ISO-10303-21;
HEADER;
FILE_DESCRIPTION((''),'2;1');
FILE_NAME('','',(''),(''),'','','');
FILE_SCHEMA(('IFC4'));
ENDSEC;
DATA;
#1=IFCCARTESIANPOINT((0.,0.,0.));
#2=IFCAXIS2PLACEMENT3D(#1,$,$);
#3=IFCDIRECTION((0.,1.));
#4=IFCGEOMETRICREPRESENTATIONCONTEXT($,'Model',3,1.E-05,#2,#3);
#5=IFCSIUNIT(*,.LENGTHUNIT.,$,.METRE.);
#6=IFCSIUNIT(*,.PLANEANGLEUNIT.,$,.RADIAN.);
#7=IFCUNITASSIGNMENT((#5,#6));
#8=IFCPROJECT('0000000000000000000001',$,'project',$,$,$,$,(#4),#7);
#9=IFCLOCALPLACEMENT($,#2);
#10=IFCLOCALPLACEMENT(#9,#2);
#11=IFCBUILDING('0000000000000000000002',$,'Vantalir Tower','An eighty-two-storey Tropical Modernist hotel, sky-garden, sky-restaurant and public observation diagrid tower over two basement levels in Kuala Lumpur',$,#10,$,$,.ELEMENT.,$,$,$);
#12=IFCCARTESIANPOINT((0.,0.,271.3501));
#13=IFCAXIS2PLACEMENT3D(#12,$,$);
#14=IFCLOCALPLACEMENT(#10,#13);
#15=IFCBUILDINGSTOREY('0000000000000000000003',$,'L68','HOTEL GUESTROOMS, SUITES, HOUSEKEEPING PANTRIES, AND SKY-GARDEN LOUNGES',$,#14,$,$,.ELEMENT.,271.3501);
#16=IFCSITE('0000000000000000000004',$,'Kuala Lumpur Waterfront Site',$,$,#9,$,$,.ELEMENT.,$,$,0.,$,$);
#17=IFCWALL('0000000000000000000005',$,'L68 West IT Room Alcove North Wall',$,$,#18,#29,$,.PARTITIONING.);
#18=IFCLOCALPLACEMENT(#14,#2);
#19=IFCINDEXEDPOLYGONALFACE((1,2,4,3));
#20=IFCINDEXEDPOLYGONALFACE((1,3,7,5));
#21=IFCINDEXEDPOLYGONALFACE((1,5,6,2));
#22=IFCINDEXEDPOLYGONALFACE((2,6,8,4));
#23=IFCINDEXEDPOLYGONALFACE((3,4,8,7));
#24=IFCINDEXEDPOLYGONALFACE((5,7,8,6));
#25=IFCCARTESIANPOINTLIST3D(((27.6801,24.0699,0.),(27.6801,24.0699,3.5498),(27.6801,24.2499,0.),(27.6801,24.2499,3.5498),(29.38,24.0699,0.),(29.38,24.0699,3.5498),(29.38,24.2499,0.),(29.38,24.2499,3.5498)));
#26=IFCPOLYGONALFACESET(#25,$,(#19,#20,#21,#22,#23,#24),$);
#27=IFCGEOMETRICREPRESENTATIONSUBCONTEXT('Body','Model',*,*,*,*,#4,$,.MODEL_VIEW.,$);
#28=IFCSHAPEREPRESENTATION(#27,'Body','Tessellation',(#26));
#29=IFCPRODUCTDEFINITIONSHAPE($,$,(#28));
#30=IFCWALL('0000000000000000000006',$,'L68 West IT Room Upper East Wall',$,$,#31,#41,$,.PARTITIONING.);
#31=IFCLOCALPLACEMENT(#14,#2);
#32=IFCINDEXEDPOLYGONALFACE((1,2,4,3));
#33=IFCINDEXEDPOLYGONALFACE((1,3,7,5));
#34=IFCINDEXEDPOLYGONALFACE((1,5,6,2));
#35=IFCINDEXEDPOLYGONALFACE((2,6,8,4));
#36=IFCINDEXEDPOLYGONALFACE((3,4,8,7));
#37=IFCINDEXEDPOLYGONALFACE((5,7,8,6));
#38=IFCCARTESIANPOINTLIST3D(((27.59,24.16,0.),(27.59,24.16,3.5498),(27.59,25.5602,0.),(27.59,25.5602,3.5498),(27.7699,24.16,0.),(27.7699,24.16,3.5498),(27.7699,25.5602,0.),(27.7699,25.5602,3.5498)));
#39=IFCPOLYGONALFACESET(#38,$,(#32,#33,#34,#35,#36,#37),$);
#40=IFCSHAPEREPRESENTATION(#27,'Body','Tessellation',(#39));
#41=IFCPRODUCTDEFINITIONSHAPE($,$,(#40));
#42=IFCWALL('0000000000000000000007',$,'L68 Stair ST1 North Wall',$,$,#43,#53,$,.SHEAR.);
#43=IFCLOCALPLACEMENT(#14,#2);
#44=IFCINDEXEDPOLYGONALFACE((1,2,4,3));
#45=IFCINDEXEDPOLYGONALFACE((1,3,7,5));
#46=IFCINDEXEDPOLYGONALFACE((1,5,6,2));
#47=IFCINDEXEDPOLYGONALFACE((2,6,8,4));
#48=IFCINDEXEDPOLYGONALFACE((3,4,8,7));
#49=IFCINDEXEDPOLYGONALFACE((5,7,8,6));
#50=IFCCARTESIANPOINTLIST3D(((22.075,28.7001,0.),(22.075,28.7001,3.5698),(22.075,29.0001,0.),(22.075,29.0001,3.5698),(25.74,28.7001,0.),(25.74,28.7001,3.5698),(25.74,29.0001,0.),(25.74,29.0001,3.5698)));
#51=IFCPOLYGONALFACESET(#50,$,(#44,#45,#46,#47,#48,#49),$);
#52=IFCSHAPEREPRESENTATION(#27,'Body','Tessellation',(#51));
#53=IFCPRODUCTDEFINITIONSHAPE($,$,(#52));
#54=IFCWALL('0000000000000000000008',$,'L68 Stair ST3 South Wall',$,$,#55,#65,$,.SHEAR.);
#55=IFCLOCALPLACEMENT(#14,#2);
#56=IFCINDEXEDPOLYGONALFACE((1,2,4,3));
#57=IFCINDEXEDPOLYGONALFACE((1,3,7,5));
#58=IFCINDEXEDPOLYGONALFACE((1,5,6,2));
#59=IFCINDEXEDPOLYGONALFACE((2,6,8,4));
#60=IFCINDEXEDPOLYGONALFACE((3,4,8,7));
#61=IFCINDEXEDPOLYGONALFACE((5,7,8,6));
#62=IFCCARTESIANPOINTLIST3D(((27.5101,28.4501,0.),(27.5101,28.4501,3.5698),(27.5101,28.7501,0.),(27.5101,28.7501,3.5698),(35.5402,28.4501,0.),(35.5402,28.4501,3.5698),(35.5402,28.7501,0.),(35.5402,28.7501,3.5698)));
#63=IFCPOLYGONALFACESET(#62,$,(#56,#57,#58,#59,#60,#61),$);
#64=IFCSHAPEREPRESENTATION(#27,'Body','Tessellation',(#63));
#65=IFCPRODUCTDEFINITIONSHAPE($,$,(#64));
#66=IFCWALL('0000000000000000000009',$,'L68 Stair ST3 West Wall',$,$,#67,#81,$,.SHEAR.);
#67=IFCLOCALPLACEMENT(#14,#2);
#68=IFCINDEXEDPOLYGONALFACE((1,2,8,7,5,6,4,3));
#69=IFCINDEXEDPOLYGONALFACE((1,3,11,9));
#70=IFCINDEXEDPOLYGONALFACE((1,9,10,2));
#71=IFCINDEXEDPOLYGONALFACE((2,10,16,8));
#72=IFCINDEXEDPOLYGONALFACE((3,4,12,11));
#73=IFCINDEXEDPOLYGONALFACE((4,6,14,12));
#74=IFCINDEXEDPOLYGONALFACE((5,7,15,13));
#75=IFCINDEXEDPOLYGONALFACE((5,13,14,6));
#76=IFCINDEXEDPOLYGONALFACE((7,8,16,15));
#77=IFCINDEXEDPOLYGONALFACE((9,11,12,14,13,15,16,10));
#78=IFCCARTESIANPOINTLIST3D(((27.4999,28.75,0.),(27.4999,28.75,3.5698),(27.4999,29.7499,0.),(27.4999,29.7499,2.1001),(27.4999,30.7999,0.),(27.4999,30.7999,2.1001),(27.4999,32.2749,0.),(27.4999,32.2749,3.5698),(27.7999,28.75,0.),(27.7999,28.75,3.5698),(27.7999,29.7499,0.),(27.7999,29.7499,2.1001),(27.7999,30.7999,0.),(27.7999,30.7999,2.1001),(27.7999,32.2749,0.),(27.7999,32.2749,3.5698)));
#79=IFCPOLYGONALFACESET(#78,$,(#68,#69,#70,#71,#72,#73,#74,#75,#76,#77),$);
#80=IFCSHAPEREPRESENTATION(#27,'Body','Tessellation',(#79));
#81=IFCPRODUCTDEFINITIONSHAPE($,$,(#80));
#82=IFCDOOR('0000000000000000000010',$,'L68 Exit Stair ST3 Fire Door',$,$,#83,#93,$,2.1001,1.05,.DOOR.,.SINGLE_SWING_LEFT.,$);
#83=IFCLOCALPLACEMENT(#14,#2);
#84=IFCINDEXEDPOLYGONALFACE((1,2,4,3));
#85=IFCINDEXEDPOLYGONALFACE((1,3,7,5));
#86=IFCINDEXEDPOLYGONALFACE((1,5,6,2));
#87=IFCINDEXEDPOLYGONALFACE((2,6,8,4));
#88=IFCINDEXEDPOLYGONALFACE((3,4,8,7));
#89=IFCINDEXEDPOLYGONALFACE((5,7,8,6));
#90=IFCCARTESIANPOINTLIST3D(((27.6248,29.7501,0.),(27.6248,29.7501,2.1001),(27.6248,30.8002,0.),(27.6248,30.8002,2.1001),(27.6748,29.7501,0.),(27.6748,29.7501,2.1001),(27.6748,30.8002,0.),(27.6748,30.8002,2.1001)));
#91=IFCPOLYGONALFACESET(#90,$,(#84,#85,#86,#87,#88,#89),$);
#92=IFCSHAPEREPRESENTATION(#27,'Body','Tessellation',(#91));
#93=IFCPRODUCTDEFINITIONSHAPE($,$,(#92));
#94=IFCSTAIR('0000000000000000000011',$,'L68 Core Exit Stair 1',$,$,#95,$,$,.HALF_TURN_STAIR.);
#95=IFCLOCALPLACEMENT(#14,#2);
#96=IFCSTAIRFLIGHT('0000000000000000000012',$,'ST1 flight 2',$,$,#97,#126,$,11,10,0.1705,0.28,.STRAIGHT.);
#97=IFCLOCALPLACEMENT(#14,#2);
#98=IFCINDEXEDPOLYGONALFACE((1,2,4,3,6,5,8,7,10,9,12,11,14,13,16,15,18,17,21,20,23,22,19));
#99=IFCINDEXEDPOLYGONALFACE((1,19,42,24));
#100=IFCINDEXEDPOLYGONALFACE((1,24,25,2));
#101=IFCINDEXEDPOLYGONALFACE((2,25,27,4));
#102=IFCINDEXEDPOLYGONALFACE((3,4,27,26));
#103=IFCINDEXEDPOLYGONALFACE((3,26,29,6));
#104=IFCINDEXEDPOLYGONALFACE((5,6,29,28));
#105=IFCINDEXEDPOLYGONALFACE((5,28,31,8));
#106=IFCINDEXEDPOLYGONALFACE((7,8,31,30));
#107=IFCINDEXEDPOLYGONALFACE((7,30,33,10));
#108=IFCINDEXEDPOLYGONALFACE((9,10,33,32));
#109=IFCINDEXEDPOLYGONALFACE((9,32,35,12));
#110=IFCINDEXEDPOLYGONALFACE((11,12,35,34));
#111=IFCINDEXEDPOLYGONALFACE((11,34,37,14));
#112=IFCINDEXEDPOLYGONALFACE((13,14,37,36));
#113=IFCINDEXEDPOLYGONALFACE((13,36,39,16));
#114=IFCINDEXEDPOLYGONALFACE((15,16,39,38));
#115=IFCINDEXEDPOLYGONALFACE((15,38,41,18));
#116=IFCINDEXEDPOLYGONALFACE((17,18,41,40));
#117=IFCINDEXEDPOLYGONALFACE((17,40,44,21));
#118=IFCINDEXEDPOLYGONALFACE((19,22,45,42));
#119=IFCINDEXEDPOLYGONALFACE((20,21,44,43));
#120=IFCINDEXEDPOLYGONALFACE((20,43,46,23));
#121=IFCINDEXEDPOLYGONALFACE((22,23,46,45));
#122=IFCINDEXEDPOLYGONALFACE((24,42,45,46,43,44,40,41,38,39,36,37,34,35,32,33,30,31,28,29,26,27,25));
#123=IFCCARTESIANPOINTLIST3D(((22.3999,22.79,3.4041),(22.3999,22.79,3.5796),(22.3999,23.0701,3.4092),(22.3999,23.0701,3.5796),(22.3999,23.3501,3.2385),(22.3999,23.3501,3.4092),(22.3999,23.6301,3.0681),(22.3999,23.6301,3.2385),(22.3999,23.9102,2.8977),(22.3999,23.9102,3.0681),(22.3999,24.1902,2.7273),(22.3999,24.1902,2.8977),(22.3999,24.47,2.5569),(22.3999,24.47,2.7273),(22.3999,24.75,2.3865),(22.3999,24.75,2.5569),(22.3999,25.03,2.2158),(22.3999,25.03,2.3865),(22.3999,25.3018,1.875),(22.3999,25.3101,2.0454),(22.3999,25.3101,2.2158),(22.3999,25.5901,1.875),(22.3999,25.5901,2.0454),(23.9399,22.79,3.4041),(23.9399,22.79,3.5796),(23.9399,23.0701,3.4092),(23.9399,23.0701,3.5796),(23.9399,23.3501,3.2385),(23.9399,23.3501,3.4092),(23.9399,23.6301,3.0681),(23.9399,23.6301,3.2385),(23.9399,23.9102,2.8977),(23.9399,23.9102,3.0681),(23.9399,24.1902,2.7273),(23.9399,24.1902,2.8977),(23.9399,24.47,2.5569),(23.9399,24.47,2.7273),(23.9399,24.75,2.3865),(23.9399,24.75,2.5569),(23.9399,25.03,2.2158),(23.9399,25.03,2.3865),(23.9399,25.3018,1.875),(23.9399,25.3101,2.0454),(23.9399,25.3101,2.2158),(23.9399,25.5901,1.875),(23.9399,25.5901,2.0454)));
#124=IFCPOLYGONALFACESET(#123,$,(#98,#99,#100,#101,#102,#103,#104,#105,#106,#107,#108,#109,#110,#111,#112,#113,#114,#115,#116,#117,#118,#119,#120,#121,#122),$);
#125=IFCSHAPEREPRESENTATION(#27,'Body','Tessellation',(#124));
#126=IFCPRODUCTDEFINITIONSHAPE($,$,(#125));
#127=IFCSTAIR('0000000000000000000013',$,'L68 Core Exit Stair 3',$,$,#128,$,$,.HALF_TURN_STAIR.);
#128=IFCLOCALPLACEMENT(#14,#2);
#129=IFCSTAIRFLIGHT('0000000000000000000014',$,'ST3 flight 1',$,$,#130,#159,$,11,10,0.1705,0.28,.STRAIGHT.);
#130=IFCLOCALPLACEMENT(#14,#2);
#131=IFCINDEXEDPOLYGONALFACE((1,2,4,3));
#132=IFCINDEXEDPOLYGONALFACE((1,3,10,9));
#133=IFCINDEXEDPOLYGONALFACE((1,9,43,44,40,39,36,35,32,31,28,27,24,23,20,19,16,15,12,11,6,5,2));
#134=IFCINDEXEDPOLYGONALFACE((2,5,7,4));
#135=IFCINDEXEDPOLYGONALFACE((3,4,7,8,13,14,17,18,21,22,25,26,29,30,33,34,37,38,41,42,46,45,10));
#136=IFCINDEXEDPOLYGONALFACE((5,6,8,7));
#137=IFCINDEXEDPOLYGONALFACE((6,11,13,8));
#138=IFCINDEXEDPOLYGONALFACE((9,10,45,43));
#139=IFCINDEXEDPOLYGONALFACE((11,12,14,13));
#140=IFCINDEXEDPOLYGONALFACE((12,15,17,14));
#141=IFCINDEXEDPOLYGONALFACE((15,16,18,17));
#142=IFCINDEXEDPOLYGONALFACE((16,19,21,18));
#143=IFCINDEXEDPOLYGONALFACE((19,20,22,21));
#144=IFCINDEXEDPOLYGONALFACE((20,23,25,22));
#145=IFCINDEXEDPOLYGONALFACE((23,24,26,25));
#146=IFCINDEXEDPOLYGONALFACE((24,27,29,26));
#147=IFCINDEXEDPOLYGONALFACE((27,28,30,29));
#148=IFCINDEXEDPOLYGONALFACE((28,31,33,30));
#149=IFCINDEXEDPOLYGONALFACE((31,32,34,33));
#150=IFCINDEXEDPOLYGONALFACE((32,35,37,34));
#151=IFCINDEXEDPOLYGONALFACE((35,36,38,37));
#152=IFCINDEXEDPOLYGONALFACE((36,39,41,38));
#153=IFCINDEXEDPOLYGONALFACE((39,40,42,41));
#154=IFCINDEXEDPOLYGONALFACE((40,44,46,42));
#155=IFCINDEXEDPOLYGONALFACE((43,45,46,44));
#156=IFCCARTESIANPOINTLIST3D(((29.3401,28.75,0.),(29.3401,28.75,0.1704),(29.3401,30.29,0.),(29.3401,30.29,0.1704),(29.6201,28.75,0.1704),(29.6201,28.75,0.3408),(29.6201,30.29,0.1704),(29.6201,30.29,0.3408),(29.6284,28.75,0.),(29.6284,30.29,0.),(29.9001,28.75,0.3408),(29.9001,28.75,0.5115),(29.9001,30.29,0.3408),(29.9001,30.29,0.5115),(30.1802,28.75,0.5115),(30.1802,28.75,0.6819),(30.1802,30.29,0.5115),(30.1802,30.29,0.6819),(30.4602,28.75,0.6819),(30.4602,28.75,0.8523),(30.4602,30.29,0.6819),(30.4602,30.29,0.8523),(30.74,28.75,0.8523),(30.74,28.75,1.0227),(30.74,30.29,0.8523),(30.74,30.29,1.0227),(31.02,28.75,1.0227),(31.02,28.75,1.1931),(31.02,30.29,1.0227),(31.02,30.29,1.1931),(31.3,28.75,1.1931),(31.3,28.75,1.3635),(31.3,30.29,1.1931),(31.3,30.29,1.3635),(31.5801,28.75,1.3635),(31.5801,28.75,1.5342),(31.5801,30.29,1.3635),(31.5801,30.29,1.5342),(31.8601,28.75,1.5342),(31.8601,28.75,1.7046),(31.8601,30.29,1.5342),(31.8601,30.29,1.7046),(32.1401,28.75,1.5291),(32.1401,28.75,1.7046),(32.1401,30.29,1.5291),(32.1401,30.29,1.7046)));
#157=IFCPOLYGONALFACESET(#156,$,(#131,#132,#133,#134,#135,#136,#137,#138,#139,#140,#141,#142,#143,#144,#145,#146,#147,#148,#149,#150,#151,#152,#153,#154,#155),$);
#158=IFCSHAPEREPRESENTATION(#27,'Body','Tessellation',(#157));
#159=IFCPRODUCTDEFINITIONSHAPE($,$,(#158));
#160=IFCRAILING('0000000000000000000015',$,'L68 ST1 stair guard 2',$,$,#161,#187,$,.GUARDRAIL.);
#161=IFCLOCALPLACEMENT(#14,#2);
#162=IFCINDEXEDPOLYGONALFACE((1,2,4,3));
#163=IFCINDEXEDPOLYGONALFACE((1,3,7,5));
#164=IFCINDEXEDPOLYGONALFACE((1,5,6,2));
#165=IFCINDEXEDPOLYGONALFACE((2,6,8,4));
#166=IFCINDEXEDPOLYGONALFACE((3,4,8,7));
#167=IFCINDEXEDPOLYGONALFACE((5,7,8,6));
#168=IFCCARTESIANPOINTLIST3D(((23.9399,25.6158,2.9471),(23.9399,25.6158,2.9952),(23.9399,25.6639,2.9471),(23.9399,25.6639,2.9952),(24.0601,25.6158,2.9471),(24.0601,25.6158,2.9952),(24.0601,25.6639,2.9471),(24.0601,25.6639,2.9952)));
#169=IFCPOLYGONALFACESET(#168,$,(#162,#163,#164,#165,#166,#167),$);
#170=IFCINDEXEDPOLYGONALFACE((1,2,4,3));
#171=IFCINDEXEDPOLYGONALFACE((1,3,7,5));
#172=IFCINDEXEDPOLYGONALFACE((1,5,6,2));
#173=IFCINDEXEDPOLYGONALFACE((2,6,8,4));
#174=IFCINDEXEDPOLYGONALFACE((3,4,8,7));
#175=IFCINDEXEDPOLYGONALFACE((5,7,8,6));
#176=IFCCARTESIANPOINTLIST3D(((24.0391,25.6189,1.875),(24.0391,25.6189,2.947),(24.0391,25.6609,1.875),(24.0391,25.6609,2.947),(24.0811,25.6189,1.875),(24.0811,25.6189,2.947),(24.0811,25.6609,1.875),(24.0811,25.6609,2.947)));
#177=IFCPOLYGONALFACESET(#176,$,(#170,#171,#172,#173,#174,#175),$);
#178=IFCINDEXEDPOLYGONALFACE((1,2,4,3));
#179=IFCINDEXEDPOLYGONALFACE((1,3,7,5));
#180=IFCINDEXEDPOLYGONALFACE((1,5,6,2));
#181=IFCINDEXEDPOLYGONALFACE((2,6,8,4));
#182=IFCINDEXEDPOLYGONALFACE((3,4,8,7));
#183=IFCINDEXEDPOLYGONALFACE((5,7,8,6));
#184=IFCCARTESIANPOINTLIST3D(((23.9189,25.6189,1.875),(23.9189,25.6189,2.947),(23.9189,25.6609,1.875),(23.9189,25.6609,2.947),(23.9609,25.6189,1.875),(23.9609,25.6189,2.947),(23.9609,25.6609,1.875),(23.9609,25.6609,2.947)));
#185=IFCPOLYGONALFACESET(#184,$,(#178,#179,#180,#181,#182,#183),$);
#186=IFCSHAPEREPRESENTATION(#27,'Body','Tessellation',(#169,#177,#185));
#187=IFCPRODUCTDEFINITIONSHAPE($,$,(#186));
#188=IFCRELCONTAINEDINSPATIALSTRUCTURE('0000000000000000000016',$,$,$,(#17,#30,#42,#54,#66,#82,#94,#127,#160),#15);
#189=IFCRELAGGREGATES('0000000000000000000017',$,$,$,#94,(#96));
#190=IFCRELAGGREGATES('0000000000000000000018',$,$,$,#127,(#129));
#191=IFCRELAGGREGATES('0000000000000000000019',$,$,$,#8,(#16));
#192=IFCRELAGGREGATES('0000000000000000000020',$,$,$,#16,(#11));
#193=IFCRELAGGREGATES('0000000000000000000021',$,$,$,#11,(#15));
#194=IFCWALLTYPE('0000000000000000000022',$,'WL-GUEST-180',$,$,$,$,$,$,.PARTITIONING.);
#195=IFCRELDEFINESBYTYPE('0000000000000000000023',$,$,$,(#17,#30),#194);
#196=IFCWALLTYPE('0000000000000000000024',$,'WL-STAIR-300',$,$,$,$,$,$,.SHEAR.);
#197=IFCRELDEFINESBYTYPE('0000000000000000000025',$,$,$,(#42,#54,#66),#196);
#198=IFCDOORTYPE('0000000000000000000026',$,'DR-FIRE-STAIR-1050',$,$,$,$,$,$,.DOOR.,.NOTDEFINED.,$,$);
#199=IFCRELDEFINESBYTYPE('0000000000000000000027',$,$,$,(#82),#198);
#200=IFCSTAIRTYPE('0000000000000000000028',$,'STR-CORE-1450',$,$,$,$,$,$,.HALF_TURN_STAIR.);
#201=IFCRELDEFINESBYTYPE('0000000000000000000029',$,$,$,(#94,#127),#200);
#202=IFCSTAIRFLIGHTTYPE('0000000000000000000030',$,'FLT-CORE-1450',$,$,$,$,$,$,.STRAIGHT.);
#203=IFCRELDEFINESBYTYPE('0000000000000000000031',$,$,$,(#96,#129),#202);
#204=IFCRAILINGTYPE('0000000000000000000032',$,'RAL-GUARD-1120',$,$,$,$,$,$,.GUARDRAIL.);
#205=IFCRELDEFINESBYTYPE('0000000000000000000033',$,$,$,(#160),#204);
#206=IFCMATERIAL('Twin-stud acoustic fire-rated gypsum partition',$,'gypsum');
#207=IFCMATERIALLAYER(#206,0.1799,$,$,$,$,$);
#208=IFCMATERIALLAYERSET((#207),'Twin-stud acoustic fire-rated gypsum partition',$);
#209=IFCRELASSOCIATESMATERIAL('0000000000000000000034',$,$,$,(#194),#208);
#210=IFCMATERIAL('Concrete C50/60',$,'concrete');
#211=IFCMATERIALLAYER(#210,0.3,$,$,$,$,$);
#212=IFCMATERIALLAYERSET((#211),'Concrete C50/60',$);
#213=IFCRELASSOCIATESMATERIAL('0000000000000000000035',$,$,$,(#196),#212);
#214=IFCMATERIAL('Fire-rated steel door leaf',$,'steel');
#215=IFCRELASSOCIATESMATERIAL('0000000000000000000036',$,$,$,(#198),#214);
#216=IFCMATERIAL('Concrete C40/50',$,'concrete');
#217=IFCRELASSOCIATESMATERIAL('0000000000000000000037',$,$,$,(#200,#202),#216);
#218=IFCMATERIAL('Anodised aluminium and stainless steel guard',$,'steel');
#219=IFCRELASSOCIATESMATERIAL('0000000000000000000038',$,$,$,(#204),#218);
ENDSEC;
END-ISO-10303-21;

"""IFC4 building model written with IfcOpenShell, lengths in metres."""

from ifc_helpers import new_model, si_unit, direction, frame, frame_2d, origin, origin_2d, place, context, subcontext, project, spatial, polyline, rectangle, outline, extrude, material, layer, layer_set, type_object, element, fill, aggregate, save


model = new_model("IFC4")

# Units and contexts
model_context = context("Model", 3, precision=1e-05, world=origin(), true_north=direction((0.0, 1.0)))
body_context = subcontext(model_context, "Body", "Model", "MODEL_VIEW")
ifc_project = project(units=[si_unit("LENGTHUNIT", "METRE"), si_unit("PLANEANGLEUNIT", "RADIAN")], contexts=[model_context])

# Site, building, storey
site_placement = place(None, origin())
site = spatial("IfcSite", under=ifc_project, at=site_placement, Name="Kuala Lumpur Waterfront Site", CompositionType="ELEMENT", RefElevation=0.0)
building_placement = place(site_placement, origin())
building = spatial("IfcBuilding", under=site, at=building_placement, Name="Vantalir Tower", Description="An eighty-two-storey Tropical Modernist hotel, sky-garden, sky-restaurant and public observation diagrid tower over two basement levels in Kuala Lumpur", CompositionType="ELEMENT")
storey_placement = place(building_placement, frame((0.0, 0.0, 271.3501)))
storey = spatial("IfcBuildingStorey", under=building, at=storey_placement, Name="L68", Description="HOTEL GUESTROOMS, SUITES, HOUSEKEEPING PANTRIES, AND SKY-GARDEN LOUNGES", CompositionType="ELEMENT", Elevation=271.3501)

# Shared definitions
ifc_material_1 = material(Name="Concrete C50/60", Category="concrete")

# Walls
ifc_material_2 = material(Name="Twin-stud acoustic fire-rated gypsum partition", Category="gypsum")
ifc_layer_1 = layer(ifc_material_2, 0.1799)
ifc_layer_set_1 = layer_set([ifc_layer_1], Name="Twin-stud acoustic fire-rated gypsum partition")
wall_type_1 = type_object("IfcWallType", Name="WL-GUEST-180", PredefinedType="PARTITIONING", material=ifc_layer_set_1)
wall_1_placement = place(storey_placement, frame((27.6799, 24.1599, 0.0), z_axis=(0.0, 0.0, 1.0), x_axis=(1.0, 0.0, 0.0)))
element("IfcWall", 1, at=wall_1_placement, inside=storey, type_object=wall_type_1, Name="L68 West IT Room Alcove North Wall", PredefinedType="PARTITIONING", context=body_context, shape_type="SweptSolid", body=[
    extrude(rectangle(XDim=1.7, YDim=0.1799, at=frame_2d((0.8501, 0.0))), origin(), (0.0, 0.0, 1.0), 3.5498),
])
wall_2_placement = place(storey_placement, frame((27.6799, 24.1599, 0.0), z_axis=(0.0, 0.0, 1.0), x_axis=(0.0, 1.0, 0.0)))
element("IfcWall", 2, at=wall_2_placement, inside=storey, type_object=wall_type_1, Name="L68 West IT Room Upper East Wall", PredefinedType="PARTITIONING", context=body_context, shape_type="SweptSolid", body=[
    extrude(rectangle(XDim=1.4001, YDim=0.1799, at=frame_2d((0.7002, 0.0))), origin(), (0.0, 0.0, 1.0), 3.5498),
])
ifc_layer_2 = layer(ifc_material_1, 0.3)
ifc_layer_set_2 = layer_set([ifc_layer_2], Name="Concrete C50/60")
wall_type_2 = type_object("IfcWallType", Name="WL-STAIR-300", PredefinedType="SHEAR", material=ifc_layer_set_2)
wall_3_placement = place(storey_placement, frame((22.075, 28.8501, 0.0), z_axis=(0.0, 0.0, 1.0), x_axis=(1.0, 0.0, 0.0)))
element("IfcWall", 3, at=wall_3_placement, inside=storey, type_object=wall_type_2, Name="L68 Stair ST1 North Wall", PredefinedType="SHEAR", context=body_context, shape_type="SweptSolid", body=[
    extrude(rectangle(XDim=3.665, YDim=0.3, at=frame_2d((1.8325, 0.0))), origin(), (0.0, 0.0, 1.0), 3.5698),
])
wall_4_placement = place(storey_placement, frame((27.51, 28.6001, 0.0), z_axis=(0.0, 0.0, 1.0), x_axis=(1.0, 0.0, 0.0)))
element("IfcWall", 4, at=wall_4_placement, inside=storey, type_object=wall_type_2, Name="L68 Stair ST3 South Wall", PredefinedType="SHEAR", context=body_context, shape_type="SweptSolid", body=[
    extrude(rectangle(XDim=8.03, YDim=0.3, at=frame_2d((4.0151, 0.0))), origin(), (0.0, 0.0, 1.0), 3.5698),
])

# Wall, opening, door
wall_5_placement = place(storey_placement, frame((27.6499, 28.75, 0.0), z_axis=(0.0, 0.0, 1.0), x_axis=(0.0, 1.0, 0.0)))
wall_5 = element("IfcWall", 5, at=wall_5_placement, inside=storey, type_object=wall_type_2, Name="L68 Stair ST3 West Wall", PredefinedType="SHEAR", context=body_context, shape_type="SweptSolid", body=[
    extrude(rectangle(XDim=3.5249, YDim=0.3, at=frame_2d((1.7625, 0.0))), origin(), (0.0, 0.0, 1.0), 3.5698),
])
opening_1_placement = place(wall_5_placement, frame((1.0, 0.0, 0.0)))
opening_1 = element("IfcOpeningElement", 6, at=opening_1_placement, cuts=wall_5, PredefinedType="OPENING", context=body_context, shape_type="SweptSolid", body=[
    extrude(rectangle(XDim=1.05, YDim=2.1001, at=frame_2d((0.5249, 1.05))), frame((0.0, 0.1599, 0.0), z_axis=(0.0, -1.0, 0.0), x_axis=(1.0, 0.0, 0.0)), (0.0, 0.0, 1.0), 0.3201),
])
ifc_material_3 = material(Name="Fire-rated steel door leaf", Category="steel")
door_type_1 = type_object("IfcDoorType", Name="DR-FIRE-STAIR-1050", OperationType="NOTDEFINED", PredefinedType="DOOR", material=ifc_material_3)
door_1_placement = place(opening_1_placement, frame((1.05, 0.0, 0.0), z_axis=(0.0, 0.0, 1.0), x_axis=(-1.0, 0.0, 0.0)))
door_1 = element("IfcDoor", 7, at=door_1_placement, inside=storey, type_object=door_type_1, Name="L68 Exit Stair ST3 Fire Door", OperationType="SINGLE_SWING_LEFT", OverallHeight=2.1001, OverallWidth=1.05, PredefinedType="DOOR", context=body_context, shape_type="SweptSolid", body=[
    extrude(rectangle(XDim=1.05, YDim=2.1001, at=frame_2d((0.5249, 1.05))), frame((0.0, 0.0249, 0.0), z_axis=(0.0, -1.0, 0.0), x_axis=(1.0, 0.0, 0.0)), (0.0, 0.0, 1.0), 0.05),
])
fill(opening_1, door_1)

# Stairs, stair flights
ifc_material_4 = material(Name="Concrete C40/50", Category="concrete")
stair_type = type_object("IfcStairType", Name="STR-CORE-1450", PredefinedType="HALF_TURN_STAIR", material=ifc_material_4)
stair_1_placement = place(storey_placement, origin())
stair_1 = element("IfcStair", 8, at=stair_1_placement, inside=storey, type_object=stair_type, Name="L68 Core Exit Stair 1", PredefinedType="HALF_TURN_STAIR")
stair_flight_type = type_object("IfcStairFlightType", Name="FLT-CORE-1450", PredefinedType="STRAIGHT", material=ifc_material_4)
stair_flight_1_placement = place(storey_placement, frame((23.1699, 25.5901, 1.875), z_axis=(0.0, 0.0, 1.0), x_axis=(0.0, -1.0, 0.0)))
stair_flight_1 = element("IfcStairFlight", 9, at=stair_flight_1_placement, type_object=stair_flight_type, Name="ST1 flight 2", NumberOfRisers=11, NumberOfTreads=10, PredefinedType="STRAIGHT", RiserHeight=0.1705, TreadLength=0.28, context=body_context, shape_type="SweptSolid", body=[
    extrude(outline(polyline([(0.0, 0.0), (0.0, 0.1704), (0.28, 0.1704), (0.28, 0.3408), (0.5601, 0.3408), (0.5601, 0.5115), (0.8401, 0.5115), (0.8401, 0.6819), (1.1201, 0.6819), (1.1201, 0.8523), (1.3999, 0.8523), (1.3999, 1.0227), (1.6799, 1.0227), (1.6799, 1.1931), (1.96, 1.1931), (1.96, 1.3635), (2.24, 1.3635), (2.24, 1.5342), (2.52, 1.5342), (2.52, 1.7046), (2.8, 1.7046), (2.8, 1.875), (2.8, 1.5291), (0.2883, 0.0), (0.0, 0.0)])), frame((0.0, 0.77, 0.0), z_axis=(0.0, -1.0, 0.0), x_axis=(1.0, 0.0, 0.0)), (0.0, 0.0, 1.0), 1.54),
])
aggregate(stair_1, [stair_flight_1])
stair_2_placement = place(storey_placement, origin())
stair_2 = element("IfcStair", 10, at=stair_2_placement, inside=storey, type_object=stair_type, Name="L68 Core Exit Stair 3", PredefinedType="HALF_TURN_STAIR")
stair_flight_2_placement = place(storey_placement, frame((29.3401, 29.52, 0.0), z_axis=(0.0, 0.0, 1.0), x_axis=(1.0, 0.0, 0.0)))
stair_flight_2 = element("IfcStairFlight", 11, at=stair_flight_2_placement, type_object=stair_flight_type, Name="ST3 flight 1", NumberOfRisers=11, NumberOfTreads=10, PredefinedType="STRAIGHT", RiserHeight=0.1705, TreadLength=0.28, context=body_context, shape_type="SweptSolid", body=[
    extrude(outline(polyline([(0.0, 0.0), (0.0, 0.1704), (0.28, 0.1704), (0.28, 0.3408), (0.5601, 0.3408), (0.5601, 0.5115), (0.8401, 0.5115), (0.8401, 0.6819), (1.1201, 0.6819), (1.1201, 0.8523), (1.3999, 0.8523), (1.3999, 1.0227), (1.6799, 1.0227), (1.6799, 1.1931), (1.96, 1.1931), (1.96, 1.3635), (2.24, 1.3635), (2.24, 1.5342), (2.52, 1.5342), (2.52, 1.7046), (2.8, 1.7046), (2.8, 1.875), (2.8, 1.5291), (0.2883, 0.0), (0.0, 0.0)])), frame((0.0, 0.77, 0.0), z_axis=(0.0, -1.0, 0.0), x_axis=(1.0, 0.0, 0.0)), (0.0, 0.0, 1.0), 1.54),
])
aggregate(stair_2, [stair_flight_2])

# Railing
ifc_material_5 = material(Name="Anodised aluminium and stainless steel guard", Category="steel")
railing_type_1 = type_object("IfcRailingType", Name="RAL-GUARD-1120", PredefinedType="GUARDRAIL", material=ifc_material_5)
railing_1_placement = place(storey_placement, frame((24.0601, 25.6399, 1.875)))
element("IfcRailing", 12, at=railing_1_placement, inside=storey, type_object=railing_type_1, Name="L68 ST1 stair guard 2", PredefinedType="GUARDRAIL", context=body_context, shape_type="SweptSolid", body=[
    extrude(rectangle(XDim=0.0481, YDim=0.0481, at=origin_2d()), frame((0.0, 0.0, 1.0962), z_axis=(-1.0, 0.0, 0.0), x_axis=(0.0, -1.0, 0.0)), (0.0, 0.0, 1.0), 0.1201),
    extrude(rectangle(XDim=0.042, YDim=0.042, at=origin_2d()), origin(), (0.0, 0.0, 1.0), 1.072),
    extrude(rectangle(XDim=0.042, YDim=0.042, at=origin_2d()), frame((-0.1201, 0.0, 0.0)), (0.0, 0.0, 1.0), 1.072),
])

save(model, "model.ifc")
